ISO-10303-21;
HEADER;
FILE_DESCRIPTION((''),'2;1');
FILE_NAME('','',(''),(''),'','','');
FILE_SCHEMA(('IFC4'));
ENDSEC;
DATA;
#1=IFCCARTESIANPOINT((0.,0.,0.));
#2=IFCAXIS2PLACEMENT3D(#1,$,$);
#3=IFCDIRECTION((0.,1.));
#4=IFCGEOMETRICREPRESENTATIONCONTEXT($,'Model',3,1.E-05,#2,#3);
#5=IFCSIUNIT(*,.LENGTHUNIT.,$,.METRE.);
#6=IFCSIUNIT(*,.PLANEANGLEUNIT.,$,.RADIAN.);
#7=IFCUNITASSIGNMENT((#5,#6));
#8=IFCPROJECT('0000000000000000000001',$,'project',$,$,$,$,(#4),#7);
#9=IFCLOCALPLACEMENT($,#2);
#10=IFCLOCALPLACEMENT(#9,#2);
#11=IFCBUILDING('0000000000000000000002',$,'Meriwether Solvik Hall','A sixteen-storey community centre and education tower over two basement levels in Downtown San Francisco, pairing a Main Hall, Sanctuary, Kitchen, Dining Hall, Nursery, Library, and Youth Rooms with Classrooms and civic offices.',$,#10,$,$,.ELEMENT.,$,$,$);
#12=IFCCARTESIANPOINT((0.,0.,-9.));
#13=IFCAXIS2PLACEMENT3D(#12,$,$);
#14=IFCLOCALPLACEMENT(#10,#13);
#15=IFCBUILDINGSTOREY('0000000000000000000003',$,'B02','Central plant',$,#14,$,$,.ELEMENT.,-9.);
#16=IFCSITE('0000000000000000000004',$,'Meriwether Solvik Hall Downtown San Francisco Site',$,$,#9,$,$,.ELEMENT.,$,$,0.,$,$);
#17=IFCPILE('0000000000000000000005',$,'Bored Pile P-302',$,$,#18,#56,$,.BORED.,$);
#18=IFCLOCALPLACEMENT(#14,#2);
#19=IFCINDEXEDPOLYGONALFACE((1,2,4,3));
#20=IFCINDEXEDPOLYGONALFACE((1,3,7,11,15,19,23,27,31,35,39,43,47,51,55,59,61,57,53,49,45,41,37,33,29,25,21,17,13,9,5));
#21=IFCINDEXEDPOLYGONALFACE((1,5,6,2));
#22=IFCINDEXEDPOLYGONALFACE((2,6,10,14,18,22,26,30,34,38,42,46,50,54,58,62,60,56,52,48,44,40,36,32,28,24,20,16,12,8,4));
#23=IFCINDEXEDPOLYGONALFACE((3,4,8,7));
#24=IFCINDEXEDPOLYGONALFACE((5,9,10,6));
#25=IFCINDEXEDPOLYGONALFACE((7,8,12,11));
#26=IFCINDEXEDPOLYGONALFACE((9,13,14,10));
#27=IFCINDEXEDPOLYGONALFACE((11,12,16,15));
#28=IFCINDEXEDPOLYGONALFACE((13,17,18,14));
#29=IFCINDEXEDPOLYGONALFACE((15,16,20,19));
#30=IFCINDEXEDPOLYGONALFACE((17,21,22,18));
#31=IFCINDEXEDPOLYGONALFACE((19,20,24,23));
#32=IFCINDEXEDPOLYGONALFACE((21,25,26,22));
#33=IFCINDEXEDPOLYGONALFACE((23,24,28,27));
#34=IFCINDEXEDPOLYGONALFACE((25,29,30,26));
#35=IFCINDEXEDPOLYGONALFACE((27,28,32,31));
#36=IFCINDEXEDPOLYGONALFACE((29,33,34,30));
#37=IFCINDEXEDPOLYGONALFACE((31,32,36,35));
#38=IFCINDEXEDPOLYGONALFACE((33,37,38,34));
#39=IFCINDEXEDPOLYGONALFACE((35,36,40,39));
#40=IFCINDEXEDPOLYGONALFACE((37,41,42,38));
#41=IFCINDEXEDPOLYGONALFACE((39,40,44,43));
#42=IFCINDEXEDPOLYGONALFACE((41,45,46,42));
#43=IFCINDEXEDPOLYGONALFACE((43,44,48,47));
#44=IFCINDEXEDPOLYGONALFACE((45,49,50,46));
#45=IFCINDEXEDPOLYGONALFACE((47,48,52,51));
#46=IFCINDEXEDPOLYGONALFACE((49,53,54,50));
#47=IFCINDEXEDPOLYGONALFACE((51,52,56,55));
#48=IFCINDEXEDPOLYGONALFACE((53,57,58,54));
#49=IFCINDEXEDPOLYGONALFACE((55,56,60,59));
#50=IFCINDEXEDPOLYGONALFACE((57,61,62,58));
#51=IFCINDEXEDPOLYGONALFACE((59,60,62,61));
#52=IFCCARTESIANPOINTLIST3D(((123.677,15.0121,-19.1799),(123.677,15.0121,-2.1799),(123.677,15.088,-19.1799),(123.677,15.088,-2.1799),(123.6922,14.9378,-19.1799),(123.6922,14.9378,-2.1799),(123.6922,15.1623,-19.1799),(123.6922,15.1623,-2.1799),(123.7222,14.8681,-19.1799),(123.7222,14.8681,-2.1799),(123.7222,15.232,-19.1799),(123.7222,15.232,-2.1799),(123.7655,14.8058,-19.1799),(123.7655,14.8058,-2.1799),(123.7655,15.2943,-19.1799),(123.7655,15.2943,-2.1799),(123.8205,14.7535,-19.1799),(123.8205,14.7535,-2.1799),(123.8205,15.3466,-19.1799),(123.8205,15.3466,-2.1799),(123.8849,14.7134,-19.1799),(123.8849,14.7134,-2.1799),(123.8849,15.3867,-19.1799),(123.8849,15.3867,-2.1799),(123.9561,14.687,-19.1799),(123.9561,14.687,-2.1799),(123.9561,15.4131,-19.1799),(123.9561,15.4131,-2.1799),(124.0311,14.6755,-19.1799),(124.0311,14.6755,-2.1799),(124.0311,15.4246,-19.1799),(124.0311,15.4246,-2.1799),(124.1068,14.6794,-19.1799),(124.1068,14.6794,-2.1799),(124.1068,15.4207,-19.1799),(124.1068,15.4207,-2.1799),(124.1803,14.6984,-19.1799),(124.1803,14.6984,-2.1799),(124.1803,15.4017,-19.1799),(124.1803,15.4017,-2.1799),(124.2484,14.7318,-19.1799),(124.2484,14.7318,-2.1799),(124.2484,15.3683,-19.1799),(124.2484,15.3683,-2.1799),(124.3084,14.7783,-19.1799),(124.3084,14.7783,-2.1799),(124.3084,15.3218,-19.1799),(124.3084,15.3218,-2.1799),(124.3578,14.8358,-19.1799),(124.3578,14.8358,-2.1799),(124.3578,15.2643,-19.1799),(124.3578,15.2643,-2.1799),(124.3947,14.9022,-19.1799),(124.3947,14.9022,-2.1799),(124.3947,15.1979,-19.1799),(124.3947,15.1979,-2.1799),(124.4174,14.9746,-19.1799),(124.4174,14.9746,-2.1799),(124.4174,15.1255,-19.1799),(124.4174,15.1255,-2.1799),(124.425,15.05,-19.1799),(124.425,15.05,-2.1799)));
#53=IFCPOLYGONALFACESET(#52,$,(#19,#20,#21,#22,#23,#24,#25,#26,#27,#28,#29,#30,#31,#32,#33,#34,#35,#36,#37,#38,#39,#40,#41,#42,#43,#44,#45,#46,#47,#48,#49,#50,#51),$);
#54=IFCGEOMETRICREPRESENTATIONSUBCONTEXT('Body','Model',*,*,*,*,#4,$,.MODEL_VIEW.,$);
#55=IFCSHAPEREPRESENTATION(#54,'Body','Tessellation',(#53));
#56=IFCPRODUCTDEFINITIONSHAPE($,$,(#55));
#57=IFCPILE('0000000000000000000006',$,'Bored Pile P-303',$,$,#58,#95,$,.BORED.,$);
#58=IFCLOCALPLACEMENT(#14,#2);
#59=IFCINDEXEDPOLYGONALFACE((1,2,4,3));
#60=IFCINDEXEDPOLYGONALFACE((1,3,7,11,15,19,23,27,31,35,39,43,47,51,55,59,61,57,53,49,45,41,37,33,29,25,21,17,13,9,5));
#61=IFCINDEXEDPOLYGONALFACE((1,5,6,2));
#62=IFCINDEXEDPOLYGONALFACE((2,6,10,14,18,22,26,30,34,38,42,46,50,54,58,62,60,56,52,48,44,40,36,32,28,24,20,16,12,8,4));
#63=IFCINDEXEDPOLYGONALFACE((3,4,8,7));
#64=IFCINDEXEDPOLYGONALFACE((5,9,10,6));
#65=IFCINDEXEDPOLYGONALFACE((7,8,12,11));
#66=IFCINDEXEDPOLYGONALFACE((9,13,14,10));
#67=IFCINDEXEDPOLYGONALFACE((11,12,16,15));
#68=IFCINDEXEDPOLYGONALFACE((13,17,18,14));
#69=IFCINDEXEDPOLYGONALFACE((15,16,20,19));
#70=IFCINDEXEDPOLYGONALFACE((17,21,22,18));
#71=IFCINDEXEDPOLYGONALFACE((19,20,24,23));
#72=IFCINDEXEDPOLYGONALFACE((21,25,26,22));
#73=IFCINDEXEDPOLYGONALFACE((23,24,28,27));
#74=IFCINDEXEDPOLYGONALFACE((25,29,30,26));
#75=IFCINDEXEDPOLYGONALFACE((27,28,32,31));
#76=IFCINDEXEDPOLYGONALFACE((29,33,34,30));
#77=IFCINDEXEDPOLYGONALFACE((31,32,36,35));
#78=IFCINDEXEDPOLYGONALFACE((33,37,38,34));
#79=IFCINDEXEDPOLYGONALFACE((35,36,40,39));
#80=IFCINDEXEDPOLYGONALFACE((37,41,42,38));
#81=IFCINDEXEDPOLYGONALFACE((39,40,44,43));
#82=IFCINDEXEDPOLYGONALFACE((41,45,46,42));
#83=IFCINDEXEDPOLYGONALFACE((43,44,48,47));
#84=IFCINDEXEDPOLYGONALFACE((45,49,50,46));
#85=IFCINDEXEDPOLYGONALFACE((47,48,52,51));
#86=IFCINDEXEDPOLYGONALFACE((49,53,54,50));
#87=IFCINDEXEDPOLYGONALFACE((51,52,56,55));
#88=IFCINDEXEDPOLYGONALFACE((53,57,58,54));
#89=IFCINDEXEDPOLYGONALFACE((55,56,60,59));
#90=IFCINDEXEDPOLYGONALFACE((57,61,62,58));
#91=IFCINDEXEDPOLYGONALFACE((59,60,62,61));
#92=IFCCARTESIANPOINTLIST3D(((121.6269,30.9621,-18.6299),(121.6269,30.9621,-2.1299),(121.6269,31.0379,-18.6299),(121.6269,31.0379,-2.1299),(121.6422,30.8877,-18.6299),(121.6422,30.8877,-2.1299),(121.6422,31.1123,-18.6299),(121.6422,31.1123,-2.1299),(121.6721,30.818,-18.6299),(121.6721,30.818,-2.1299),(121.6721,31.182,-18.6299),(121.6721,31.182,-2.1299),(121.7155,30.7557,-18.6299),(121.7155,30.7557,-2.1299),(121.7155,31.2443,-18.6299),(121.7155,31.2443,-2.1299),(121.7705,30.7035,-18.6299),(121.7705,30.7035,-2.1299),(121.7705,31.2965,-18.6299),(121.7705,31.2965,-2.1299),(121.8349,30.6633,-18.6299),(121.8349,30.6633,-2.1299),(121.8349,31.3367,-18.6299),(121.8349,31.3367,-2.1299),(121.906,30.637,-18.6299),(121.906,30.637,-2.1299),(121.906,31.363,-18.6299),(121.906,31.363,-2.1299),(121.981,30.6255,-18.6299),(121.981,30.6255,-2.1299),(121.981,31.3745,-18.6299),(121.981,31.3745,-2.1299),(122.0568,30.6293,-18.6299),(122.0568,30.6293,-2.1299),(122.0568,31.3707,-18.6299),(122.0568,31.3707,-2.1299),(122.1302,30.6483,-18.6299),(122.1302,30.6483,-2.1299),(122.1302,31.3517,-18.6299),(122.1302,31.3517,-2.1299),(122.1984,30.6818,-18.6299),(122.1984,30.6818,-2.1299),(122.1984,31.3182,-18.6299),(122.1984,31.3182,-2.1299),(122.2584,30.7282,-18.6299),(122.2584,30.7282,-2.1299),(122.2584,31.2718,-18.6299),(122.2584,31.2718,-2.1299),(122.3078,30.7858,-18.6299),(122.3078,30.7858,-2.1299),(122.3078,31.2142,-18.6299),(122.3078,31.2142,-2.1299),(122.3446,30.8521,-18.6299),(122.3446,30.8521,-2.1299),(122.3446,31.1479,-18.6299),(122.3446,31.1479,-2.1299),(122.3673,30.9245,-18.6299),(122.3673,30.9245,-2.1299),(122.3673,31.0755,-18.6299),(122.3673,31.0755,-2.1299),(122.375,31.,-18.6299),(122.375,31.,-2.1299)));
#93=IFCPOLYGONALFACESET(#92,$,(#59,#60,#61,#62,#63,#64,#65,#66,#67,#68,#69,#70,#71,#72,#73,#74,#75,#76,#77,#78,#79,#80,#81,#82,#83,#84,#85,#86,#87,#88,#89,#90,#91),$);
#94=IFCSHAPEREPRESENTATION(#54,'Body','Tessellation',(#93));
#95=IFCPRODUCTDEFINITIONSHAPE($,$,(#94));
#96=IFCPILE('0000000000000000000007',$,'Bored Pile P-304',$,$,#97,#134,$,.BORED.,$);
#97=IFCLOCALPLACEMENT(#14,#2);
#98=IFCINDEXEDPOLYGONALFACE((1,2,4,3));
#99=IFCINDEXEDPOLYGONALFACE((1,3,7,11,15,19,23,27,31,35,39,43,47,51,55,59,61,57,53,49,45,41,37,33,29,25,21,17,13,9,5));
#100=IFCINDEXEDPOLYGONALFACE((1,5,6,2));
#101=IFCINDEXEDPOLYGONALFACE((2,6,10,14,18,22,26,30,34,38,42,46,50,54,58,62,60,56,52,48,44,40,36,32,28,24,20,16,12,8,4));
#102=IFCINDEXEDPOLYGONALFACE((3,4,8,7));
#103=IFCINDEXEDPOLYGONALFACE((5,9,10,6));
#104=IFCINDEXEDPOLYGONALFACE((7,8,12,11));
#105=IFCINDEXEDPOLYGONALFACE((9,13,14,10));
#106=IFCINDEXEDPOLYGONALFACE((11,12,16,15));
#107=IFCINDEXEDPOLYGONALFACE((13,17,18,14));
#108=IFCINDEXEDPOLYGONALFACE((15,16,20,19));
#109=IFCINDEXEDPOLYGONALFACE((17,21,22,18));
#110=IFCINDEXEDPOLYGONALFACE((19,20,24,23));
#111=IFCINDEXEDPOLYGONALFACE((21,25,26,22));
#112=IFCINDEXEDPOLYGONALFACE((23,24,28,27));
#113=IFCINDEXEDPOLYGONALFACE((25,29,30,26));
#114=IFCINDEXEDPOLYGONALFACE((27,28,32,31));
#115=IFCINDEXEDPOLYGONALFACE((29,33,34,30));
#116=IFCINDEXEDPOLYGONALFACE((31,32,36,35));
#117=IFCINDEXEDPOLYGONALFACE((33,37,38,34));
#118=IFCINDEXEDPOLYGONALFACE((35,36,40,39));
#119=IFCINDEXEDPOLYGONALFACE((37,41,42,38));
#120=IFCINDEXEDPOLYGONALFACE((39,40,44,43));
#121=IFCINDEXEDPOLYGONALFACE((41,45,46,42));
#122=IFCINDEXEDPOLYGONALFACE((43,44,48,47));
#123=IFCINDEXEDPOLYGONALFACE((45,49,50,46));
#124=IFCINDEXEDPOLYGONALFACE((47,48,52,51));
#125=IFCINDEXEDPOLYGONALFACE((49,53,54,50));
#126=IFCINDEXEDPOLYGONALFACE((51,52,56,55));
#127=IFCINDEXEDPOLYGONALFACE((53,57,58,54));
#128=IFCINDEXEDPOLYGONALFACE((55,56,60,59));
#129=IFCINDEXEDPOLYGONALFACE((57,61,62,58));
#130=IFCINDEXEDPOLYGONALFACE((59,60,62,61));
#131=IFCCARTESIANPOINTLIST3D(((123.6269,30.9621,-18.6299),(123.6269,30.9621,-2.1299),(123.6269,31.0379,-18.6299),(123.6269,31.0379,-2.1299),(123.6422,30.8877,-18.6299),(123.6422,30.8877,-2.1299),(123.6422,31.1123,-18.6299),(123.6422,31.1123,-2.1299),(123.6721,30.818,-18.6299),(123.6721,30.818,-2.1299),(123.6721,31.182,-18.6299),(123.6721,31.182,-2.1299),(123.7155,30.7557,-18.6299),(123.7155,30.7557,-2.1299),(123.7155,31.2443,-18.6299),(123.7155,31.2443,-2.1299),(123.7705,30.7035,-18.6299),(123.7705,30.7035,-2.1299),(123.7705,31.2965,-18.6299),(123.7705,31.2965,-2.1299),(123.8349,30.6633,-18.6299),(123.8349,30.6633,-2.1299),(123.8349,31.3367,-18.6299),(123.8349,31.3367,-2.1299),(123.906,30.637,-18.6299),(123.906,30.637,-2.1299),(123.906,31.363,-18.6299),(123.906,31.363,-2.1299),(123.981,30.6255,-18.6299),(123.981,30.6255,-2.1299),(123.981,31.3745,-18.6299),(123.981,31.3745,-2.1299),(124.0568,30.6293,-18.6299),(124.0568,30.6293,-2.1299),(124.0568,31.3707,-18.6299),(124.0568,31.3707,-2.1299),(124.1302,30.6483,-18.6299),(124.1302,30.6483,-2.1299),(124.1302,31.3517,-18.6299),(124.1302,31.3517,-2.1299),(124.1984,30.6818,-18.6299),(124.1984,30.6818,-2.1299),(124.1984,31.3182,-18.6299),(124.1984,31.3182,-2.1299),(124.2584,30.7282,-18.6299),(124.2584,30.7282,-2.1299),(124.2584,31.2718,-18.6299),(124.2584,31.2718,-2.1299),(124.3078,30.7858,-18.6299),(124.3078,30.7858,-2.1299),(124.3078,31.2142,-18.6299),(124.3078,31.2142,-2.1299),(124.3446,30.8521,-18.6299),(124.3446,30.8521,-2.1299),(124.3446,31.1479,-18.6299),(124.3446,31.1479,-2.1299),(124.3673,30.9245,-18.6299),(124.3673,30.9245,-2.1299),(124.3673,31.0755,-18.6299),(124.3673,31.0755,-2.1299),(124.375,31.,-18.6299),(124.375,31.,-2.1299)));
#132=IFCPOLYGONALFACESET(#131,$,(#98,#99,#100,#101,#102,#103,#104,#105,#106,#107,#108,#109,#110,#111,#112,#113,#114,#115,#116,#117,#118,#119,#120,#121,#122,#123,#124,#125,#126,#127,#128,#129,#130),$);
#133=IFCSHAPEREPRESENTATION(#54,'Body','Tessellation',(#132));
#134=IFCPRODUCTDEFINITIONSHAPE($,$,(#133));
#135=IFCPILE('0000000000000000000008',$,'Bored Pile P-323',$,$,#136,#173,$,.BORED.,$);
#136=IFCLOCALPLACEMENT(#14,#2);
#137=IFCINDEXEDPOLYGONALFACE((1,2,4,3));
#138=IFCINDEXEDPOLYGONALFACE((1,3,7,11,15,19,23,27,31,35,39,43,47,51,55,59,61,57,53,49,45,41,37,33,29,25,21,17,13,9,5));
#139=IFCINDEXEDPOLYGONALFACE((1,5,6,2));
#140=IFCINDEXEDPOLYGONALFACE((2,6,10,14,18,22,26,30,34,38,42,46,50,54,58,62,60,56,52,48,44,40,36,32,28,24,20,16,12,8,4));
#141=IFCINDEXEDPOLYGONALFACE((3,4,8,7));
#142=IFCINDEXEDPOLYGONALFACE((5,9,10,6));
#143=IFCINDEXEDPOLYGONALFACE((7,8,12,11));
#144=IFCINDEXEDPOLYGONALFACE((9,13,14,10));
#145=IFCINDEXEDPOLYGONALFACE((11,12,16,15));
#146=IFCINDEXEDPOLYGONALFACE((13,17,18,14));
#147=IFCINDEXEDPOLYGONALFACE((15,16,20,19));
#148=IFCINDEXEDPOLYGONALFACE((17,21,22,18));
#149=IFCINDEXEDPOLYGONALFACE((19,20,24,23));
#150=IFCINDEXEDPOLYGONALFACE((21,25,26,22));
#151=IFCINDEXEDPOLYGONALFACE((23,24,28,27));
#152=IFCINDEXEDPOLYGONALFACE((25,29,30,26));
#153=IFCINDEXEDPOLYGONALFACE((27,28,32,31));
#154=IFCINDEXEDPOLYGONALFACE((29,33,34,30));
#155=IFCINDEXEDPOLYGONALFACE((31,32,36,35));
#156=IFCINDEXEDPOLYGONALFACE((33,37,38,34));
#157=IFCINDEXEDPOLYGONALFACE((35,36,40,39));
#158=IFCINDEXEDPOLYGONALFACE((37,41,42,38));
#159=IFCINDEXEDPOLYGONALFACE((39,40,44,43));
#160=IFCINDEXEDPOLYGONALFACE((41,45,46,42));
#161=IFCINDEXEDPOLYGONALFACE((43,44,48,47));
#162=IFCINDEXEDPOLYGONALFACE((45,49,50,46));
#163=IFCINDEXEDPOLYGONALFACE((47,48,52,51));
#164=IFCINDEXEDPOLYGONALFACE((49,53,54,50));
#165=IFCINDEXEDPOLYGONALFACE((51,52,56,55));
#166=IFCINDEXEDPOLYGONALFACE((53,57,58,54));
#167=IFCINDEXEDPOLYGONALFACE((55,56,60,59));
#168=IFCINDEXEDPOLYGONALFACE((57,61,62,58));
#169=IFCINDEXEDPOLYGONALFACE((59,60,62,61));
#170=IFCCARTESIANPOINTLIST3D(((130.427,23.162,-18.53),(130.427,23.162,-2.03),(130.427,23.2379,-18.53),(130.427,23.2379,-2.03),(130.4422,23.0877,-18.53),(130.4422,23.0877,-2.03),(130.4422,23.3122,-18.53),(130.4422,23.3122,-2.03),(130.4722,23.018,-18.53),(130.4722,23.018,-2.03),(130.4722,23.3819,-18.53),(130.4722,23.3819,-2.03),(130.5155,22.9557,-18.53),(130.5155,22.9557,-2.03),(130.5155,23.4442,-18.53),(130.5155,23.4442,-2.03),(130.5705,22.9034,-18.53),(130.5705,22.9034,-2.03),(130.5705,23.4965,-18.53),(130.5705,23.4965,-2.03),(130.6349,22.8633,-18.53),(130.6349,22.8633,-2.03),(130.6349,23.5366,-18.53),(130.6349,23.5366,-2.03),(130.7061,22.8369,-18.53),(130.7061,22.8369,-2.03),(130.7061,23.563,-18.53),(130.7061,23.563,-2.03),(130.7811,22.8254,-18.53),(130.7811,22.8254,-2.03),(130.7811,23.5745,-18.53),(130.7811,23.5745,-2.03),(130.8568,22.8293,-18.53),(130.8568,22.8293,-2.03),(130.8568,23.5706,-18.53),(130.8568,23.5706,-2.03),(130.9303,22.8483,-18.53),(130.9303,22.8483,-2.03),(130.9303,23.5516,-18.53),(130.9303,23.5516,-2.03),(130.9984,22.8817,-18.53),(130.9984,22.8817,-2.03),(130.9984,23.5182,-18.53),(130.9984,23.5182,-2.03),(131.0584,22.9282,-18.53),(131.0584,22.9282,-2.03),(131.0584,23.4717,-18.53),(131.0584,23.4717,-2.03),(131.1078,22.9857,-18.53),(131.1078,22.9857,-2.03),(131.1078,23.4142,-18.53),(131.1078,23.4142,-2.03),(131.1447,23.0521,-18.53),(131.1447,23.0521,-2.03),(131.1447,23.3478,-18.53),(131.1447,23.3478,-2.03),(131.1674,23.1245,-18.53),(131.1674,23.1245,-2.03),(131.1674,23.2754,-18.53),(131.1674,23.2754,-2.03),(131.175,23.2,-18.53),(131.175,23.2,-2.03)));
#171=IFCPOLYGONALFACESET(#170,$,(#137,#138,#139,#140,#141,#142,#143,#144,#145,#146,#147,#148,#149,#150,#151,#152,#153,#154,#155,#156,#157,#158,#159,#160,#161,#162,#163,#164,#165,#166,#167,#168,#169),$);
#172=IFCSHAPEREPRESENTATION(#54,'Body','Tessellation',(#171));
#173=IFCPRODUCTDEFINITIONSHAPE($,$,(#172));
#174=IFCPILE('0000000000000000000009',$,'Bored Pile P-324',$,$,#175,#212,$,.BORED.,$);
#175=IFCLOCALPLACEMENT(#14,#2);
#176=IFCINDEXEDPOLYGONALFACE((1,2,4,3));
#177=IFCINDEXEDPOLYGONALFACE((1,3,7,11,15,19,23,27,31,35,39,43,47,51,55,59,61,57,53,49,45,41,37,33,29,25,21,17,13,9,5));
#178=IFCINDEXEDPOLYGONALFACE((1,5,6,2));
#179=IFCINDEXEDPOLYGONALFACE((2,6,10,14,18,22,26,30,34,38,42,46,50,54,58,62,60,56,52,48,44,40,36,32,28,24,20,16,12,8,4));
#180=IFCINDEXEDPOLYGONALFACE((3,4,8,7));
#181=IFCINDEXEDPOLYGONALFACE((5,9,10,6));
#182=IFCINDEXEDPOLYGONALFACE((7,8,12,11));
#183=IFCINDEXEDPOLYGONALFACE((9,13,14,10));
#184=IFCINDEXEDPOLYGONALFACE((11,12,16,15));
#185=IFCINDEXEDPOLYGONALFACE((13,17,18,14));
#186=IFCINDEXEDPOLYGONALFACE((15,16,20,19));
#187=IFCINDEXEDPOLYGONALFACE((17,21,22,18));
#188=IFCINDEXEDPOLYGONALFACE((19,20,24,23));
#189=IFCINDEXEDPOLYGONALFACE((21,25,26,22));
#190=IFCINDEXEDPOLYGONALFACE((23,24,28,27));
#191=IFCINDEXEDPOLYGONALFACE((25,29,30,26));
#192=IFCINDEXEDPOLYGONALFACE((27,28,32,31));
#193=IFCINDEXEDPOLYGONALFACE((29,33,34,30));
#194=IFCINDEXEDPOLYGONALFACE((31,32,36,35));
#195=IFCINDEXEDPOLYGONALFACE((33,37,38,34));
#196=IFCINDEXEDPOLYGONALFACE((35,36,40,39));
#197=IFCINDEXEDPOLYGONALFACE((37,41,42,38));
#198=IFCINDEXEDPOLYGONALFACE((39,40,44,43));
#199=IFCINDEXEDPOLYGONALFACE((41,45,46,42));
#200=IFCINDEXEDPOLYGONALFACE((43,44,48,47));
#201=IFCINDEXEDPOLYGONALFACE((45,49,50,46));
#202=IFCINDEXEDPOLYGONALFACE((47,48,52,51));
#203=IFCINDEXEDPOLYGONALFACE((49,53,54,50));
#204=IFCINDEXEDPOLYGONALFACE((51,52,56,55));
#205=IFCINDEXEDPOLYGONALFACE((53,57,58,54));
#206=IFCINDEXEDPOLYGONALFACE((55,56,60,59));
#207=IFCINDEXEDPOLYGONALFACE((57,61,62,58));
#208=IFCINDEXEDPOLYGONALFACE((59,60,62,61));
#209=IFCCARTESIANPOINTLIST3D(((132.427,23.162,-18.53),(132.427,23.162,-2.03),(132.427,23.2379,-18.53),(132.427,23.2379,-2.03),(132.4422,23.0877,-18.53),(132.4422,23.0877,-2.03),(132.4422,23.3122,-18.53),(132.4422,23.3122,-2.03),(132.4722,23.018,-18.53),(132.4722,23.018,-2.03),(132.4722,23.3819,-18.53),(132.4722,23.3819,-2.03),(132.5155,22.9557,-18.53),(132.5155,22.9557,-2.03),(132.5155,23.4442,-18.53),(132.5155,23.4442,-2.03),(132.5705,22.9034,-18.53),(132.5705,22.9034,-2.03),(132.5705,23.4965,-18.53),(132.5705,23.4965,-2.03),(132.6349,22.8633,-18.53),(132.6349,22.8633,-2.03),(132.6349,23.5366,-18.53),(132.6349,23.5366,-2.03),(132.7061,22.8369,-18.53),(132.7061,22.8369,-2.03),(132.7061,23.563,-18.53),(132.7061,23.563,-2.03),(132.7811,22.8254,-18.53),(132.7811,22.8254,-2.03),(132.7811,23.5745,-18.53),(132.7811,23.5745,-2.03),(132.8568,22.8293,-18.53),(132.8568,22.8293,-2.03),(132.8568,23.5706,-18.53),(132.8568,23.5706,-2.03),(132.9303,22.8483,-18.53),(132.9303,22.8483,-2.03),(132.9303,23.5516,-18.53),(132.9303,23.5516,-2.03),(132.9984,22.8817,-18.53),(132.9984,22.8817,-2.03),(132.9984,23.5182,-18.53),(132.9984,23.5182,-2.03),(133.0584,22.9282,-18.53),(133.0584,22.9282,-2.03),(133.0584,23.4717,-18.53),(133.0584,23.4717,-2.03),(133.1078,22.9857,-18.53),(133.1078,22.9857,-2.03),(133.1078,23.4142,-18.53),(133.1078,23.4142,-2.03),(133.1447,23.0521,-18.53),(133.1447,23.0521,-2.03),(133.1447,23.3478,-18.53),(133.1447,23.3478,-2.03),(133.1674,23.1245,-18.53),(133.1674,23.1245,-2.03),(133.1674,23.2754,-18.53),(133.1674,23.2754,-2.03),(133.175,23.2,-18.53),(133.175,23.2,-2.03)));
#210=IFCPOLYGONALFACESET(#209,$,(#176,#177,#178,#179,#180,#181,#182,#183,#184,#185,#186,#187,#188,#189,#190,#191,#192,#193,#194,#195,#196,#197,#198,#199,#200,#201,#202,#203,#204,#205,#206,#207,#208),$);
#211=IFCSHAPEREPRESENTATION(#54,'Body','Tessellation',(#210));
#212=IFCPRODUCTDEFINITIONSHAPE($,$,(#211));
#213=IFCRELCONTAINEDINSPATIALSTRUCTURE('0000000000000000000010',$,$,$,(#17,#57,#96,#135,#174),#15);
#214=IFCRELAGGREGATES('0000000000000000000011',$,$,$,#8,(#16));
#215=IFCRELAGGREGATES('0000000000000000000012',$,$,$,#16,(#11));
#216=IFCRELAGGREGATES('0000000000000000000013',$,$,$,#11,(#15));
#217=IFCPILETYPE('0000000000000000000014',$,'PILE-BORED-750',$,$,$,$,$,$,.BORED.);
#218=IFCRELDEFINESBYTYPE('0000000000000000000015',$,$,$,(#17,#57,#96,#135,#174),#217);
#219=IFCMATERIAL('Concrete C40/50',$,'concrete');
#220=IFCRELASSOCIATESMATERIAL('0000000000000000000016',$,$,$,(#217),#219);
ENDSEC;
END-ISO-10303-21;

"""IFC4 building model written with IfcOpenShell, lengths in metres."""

from ifc_helpers import new_model, si_unit, direction, frame, origin, origin_2d, place, context, subcontext, project, spatial, circle, extrude, material, material_profile, profile_set, type_object, element, save


model = new_model("IFC4")

# Units and contexts
model_context = context("Model", 3, precision=1e-05, world=origin(), true_north=direction((0.0, 1.0)))
body_context = subcontext(model_context, "Body", "Model", "MODEL_VIEW")
ifc_project = project(units=[si_unit("LENGTHUNIT", "METRE"), si_unit("PLANEANGLEUNIT", "RADIAN")], contexts=[model_context])

# Site, building, storey
site_placement = place(None, origin())
site = spatial("IfcSite", under=ifc_project, at=site_placement, Name="Meriwether Solvik Hall Downtown San Francisco Site", CompositionType="ELEMENT", RefElevation=0.0)
building_placement = place(site_placement, origin())
building = spatial("IfcBuilding", under=site, at=building_placement, Name="Meriwether Solvik Hall", Description="A sixteen-storey community centre and education tower over two basement levels in Downtown San Francisco, pairing a Main Hall, Sanctuary, Kitchen, Dining Hall, Nursery, Library, and Youth Rooms with Classrooms and civic offices.", CompositionType="ELEMENT")
storey_placement = place(building_placement, frame((0.0, 0.0, -9.0)))
storey = spatial("IfcBuildingStorey", under=building, at=storey_placement, Name="B02", Description="Central plant", CompositionType="ELEMENT", Elevation=-9.0)

# Piles
ifc_material_1 = material(Name="Concrete C40/50", Category="concrete")
ifc_material_profile_1 = material_profile(ifc_material_1, circle(Radius=0.375, at=origin_2d()), Name="PILE-D750")
ifc_profile_set_1 = profile_set([ifc_material_profile_1], Name="Concrete C40/50")
pile_type_1 = type_object("IfcPileType", Name="PILE-BORED-750", PredefinedType="BORED", material=ifc_profile_set_1)
for number, where, z_axis, x_axis, name in (
    (1, (124.05, 15.05, -2.1799), (0.0, 0.0, -1.0), (1.0, 0.0, 0.0), "Bored Pile P-302"),
):
    element("IfcPile", number, at=place(storey_placement, frame(where, z_axis=z_axis, x_axis=x_axis)), inside=storey, type_object=pile_type_1, Name=name, PredefinedType="BORED", context=body_context, shape_type="SweptSolid", body=[
        extrude(circle(Radius=0.375, at=origin_2d()), origin(), (0.0, 0.0, 1.0), 17.0),
    ])
for number, where, z_axis, x_axis, name in (
    (2, (122.0, 31.0, -2.1299), (0.0, 0.0, -1.0), (1.0, 0.0, 0.0), "Bored Pile P-303"),
    (3, (124.0, 31.0, -2.1299), (0.0, 0.0, -1.0), (1.0, 0.0, 0.0), "Bored Pile P-304"),
    (4, (130.8, 23.2, -2.03), (0.0, 0.0, -1.0), (1.0, 0.0, 0.0), "Bored Pile P-323"),
    (5, (132.8, 23.2, -2.03), (0.0, 0.0, -1.0), (1.0, 0.0, 0.0), "Bored Pile P-324"),
):
    element("IfcPile", number, at=place(storey_placement, frame(where, z_axis=z_axis, x_axis=x_axis)), inside=storey, type_object=pile_type_1, Name=name, PredefinedType="BORED", context=body_context, shape_type="SweptSolid", body=[
        extrude(circle(Radius=0.375, at=origin_2d()), origin(), (0.0, 0.0, 1.0), 16.5),
    ])

save(model, "model.ifc")
